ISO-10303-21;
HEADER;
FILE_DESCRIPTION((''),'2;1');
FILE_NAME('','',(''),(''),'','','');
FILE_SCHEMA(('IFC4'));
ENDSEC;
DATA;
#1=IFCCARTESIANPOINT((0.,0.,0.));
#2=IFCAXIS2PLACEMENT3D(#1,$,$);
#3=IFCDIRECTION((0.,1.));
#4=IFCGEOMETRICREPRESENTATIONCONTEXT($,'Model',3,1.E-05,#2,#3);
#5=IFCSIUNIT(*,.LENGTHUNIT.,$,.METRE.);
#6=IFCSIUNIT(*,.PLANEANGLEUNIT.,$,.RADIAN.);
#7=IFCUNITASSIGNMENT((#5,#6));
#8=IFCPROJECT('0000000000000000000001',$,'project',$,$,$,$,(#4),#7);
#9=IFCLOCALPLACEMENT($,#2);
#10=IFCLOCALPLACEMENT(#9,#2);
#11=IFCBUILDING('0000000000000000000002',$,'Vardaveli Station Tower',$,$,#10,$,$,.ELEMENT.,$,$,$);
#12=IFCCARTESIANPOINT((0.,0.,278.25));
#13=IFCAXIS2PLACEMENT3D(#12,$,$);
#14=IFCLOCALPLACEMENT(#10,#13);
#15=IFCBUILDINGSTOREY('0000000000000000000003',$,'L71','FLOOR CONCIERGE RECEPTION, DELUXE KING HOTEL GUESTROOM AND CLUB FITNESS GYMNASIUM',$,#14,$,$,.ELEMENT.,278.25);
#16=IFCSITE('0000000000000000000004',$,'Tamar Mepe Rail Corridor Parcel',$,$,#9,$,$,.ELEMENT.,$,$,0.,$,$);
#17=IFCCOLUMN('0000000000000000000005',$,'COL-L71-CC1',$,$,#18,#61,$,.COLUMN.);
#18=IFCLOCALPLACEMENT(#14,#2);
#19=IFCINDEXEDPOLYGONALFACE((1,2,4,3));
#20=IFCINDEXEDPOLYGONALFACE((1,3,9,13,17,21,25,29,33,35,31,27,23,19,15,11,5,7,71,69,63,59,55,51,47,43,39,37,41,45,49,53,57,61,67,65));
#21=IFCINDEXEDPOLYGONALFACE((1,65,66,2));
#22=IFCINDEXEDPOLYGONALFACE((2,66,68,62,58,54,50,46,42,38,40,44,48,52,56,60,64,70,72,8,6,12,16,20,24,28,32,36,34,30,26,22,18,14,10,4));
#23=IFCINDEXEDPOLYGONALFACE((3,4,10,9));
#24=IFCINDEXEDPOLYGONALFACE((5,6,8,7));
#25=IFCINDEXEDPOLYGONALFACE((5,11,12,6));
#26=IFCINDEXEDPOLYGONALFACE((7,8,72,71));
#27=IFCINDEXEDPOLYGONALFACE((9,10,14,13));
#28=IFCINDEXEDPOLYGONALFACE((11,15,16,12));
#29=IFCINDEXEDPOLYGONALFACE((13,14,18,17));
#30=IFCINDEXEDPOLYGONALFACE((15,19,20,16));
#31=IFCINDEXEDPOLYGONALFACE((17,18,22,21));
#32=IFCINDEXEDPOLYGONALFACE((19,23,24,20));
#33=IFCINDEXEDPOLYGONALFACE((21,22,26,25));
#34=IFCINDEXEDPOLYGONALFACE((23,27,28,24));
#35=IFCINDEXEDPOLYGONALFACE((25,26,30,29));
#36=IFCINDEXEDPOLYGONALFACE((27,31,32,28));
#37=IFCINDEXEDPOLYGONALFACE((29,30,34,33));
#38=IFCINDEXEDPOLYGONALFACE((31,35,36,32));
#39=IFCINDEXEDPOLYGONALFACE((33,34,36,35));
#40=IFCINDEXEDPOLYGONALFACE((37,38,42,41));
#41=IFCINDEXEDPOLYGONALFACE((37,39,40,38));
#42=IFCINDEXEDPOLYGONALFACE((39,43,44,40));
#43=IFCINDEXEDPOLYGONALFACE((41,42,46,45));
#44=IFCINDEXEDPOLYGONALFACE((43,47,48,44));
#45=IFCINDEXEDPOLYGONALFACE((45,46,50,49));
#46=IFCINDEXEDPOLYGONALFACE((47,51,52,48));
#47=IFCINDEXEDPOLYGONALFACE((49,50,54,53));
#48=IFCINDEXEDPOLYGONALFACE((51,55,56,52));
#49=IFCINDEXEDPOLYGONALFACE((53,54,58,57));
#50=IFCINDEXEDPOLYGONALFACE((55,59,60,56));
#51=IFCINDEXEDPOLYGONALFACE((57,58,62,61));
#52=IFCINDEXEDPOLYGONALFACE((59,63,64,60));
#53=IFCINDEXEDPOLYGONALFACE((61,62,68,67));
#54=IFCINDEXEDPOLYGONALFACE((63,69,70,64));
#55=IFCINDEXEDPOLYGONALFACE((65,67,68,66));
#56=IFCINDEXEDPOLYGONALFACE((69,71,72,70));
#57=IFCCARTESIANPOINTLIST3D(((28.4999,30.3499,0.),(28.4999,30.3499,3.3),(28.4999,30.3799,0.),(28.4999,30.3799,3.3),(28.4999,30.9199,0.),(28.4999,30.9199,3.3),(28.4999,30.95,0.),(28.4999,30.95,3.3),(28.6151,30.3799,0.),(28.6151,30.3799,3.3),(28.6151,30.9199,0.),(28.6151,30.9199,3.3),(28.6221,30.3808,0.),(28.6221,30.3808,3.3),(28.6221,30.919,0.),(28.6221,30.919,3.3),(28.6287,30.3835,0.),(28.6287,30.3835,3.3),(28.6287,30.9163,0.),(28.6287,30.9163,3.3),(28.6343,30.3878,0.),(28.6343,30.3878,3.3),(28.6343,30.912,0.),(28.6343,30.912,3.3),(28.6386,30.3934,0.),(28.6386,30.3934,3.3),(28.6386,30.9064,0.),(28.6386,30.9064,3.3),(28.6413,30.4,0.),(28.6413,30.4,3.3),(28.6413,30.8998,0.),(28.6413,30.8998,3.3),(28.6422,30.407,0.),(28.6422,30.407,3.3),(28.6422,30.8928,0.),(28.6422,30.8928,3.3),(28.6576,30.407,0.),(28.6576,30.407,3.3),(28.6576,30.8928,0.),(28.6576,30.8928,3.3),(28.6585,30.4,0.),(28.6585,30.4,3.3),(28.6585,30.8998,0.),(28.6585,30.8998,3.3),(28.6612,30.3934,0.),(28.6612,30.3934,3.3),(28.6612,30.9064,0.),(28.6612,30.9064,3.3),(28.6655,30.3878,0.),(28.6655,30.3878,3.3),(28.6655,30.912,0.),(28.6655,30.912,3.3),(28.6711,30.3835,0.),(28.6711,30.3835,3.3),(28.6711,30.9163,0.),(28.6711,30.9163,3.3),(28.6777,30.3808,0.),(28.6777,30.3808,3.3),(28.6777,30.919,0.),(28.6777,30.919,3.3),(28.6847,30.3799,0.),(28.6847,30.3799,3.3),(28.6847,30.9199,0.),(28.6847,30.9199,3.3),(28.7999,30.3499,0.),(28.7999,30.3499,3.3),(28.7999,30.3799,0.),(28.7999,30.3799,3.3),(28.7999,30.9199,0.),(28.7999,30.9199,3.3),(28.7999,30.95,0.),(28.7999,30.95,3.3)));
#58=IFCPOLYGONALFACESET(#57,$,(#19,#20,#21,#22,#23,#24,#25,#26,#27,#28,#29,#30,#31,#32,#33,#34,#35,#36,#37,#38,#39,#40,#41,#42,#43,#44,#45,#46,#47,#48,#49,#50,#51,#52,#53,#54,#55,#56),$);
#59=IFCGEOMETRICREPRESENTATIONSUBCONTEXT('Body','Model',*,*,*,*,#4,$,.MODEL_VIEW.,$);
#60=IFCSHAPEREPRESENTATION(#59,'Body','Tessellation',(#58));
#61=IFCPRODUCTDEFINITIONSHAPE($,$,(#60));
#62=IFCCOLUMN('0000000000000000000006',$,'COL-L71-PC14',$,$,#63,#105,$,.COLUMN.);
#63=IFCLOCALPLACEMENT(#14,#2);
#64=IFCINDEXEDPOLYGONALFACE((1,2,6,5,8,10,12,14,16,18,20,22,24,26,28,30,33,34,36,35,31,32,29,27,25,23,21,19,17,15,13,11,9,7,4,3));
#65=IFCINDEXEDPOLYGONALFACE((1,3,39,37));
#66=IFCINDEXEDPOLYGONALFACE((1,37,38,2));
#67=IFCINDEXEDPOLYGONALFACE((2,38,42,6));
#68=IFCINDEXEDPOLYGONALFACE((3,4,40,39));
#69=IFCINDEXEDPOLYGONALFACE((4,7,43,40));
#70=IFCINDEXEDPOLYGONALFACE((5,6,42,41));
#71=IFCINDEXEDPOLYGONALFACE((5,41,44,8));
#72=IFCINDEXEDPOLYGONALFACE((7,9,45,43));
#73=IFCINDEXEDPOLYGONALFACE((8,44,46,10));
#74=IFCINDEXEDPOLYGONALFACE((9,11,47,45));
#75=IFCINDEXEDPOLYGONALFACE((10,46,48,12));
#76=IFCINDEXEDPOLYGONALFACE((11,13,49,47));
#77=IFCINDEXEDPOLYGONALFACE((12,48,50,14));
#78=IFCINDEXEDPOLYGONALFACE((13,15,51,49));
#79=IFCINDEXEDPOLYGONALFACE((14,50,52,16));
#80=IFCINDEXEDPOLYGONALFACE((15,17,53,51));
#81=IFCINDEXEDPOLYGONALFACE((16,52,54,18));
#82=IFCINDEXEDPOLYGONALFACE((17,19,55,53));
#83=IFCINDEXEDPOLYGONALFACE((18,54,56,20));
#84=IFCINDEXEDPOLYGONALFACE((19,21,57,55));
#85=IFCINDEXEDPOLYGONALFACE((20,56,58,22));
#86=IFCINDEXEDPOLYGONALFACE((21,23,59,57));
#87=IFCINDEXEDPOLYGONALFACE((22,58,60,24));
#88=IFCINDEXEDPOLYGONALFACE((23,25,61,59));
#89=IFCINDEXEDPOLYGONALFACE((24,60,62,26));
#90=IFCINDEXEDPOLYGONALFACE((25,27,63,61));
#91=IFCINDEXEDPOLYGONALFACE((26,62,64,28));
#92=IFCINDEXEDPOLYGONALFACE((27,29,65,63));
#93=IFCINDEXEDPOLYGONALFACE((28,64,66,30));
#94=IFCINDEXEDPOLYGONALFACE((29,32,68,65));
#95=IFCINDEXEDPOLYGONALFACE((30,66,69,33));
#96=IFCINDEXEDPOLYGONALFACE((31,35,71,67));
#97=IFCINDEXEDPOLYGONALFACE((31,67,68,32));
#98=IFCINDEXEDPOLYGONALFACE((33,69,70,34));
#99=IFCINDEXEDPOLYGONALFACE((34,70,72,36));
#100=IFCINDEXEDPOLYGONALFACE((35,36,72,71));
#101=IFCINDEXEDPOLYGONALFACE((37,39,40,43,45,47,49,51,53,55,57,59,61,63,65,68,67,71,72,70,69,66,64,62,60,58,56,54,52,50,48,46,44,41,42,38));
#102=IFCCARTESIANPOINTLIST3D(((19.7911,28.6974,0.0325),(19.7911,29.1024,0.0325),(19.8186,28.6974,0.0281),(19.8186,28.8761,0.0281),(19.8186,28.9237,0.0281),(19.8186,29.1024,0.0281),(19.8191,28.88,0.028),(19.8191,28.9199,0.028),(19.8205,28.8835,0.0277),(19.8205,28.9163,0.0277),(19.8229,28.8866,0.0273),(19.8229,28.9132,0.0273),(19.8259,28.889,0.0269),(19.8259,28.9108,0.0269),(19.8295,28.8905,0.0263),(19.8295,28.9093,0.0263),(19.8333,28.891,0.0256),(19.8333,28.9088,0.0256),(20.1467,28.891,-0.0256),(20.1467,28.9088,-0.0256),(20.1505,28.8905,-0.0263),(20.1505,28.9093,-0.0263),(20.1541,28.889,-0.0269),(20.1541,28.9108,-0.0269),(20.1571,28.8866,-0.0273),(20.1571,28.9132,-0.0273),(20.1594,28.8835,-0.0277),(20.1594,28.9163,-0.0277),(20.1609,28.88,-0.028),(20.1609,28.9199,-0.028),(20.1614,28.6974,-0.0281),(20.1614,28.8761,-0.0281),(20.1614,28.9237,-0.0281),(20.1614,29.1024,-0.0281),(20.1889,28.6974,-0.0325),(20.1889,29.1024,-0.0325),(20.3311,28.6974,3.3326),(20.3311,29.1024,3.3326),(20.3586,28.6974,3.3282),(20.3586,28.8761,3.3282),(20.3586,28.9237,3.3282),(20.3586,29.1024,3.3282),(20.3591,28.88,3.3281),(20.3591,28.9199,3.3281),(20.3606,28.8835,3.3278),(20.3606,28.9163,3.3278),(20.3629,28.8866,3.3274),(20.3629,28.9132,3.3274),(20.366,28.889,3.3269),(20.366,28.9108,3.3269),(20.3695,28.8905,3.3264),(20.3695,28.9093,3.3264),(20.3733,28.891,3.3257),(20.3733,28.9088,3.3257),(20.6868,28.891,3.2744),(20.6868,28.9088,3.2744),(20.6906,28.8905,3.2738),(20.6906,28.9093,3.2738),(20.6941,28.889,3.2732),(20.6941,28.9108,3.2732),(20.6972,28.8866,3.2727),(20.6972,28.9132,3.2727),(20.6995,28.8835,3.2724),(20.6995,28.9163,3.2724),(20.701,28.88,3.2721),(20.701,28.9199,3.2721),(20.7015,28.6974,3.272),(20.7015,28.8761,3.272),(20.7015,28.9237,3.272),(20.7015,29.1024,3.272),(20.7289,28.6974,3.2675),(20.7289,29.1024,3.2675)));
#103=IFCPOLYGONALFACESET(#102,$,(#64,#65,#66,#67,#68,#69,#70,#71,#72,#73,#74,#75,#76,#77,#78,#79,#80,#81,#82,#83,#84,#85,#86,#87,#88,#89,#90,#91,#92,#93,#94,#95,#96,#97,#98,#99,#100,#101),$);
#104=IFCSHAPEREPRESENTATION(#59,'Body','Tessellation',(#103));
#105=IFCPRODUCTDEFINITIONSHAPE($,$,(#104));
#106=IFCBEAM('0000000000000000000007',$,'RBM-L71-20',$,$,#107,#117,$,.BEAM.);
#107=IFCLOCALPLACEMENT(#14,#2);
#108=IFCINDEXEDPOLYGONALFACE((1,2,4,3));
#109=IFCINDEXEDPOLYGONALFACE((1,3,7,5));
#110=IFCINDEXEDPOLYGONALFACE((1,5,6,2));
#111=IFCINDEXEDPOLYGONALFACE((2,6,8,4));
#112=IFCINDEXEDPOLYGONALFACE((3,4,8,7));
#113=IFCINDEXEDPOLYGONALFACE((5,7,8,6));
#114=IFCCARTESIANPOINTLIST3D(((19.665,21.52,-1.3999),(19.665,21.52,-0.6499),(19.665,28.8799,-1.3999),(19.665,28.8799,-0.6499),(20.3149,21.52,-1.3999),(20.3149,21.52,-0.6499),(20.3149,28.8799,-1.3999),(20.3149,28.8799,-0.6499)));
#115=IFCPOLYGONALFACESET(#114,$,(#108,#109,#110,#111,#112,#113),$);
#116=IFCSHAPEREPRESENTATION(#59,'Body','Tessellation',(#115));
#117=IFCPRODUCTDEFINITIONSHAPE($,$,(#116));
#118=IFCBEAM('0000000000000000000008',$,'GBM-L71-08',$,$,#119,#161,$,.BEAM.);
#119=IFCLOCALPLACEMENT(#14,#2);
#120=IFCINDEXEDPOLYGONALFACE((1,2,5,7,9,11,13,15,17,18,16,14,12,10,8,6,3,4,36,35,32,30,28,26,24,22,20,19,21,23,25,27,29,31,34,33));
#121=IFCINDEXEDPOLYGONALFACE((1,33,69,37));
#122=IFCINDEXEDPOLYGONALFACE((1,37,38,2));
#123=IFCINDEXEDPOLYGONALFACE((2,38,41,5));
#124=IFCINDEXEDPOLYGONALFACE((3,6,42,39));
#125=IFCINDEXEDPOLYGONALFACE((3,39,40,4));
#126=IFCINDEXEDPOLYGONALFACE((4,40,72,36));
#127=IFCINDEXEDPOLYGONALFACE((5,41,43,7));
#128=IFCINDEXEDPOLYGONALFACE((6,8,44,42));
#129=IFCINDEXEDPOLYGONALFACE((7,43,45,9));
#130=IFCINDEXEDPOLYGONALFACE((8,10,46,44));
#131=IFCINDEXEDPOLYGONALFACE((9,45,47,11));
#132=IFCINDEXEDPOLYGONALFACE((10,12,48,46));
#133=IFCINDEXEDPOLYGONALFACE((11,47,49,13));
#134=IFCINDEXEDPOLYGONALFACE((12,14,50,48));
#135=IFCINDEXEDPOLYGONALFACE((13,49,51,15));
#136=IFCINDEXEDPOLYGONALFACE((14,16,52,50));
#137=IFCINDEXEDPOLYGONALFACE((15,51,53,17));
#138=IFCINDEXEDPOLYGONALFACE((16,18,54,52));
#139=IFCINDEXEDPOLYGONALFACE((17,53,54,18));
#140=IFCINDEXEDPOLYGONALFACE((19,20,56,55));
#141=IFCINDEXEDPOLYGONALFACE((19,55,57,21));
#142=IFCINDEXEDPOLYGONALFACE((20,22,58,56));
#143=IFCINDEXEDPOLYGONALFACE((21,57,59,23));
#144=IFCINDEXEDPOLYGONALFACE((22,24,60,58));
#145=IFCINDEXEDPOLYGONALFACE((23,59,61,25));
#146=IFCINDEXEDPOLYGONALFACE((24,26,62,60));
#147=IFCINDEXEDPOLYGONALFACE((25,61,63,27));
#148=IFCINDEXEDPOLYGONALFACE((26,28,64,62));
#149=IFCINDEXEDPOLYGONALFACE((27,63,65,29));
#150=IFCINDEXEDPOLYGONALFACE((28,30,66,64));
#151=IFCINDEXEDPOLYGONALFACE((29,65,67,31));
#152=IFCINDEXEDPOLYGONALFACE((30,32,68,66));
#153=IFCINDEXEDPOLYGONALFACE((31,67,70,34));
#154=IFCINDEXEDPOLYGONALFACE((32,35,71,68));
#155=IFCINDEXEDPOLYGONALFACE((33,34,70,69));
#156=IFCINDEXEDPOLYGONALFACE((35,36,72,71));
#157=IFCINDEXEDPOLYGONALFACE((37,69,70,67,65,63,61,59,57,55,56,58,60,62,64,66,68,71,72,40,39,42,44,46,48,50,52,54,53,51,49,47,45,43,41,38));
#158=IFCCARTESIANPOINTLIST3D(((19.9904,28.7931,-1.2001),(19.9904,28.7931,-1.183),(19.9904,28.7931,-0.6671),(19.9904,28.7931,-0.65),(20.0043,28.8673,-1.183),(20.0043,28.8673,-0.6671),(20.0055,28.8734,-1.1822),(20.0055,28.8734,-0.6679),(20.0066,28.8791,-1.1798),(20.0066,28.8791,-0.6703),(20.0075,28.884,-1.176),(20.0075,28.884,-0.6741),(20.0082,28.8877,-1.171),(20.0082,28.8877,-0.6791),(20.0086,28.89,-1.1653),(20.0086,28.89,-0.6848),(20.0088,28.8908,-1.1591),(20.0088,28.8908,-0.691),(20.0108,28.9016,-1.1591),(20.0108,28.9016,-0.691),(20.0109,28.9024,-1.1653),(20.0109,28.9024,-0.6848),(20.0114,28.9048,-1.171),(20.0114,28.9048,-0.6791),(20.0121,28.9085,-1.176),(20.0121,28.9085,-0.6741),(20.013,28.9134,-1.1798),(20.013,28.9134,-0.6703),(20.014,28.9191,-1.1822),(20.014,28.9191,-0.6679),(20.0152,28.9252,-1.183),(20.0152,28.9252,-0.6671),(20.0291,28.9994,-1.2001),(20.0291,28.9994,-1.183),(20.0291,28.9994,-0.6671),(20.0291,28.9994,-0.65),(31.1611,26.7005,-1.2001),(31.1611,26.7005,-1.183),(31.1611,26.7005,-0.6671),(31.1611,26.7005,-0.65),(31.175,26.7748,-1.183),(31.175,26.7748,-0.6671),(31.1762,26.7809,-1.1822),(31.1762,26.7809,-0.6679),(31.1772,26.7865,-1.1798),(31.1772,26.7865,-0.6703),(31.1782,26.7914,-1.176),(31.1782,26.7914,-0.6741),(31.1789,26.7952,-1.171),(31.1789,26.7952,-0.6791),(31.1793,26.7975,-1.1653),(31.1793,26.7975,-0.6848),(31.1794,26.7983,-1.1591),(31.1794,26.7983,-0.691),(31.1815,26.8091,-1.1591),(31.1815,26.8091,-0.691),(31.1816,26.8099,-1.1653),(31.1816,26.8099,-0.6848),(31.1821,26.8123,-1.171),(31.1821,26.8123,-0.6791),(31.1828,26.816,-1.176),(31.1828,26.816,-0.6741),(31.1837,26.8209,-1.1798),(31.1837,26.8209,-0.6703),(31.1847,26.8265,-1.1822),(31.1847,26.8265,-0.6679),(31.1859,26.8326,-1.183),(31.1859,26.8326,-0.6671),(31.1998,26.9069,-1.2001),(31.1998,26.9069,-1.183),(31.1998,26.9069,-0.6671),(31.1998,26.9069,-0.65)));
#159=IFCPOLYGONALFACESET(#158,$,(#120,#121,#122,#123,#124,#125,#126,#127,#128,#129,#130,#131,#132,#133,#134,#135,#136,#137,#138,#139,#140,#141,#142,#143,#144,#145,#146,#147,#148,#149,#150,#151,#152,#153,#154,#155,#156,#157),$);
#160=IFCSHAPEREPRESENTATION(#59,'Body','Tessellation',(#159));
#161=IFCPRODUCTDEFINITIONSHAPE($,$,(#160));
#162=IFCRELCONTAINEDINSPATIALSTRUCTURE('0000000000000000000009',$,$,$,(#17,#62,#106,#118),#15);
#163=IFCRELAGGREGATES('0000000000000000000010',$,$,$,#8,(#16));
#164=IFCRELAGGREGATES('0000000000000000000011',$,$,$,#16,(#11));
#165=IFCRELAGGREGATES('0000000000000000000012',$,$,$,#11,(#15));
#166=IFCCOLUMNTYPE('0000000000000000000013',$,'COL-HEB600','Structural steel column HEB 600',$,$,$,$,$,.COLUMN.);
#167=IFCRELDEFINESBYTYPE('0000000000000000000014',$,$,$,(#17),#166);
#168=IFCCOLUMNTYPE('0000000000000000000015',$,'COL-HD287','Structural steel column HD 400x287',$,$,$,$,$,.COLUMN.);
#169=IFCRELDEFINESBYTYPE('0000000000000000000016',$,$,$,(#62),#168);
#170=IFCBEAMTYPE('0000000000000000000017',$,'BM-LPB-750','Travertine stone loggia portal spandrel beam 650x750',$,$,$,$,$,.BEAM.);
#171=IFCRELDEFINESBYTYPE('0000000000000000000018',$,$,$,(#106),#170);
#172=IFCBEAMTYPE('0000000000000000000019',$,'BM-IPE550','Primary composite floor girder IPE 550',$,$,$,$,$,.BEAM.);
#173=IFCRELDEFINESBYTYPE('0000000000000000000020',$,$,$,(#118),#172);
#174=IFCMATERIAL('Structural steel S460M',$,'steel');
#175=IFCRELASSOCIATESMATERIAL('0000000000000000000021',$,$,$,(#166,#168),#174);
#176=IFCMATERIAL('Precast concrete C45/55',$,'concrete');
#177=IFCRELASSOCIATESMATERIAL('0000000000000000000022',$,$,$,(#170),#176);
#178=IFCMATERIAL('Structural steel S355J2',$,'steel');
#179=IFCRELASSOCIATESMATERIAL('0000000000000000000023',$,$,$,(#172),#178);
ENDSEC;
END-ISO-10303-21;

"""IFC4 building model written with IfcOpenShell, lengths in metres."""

from ifc_helpers import new_model, si_unit, direction, frame, origin, origin_2d, place, context, subcontext, project, spatial, rectangle, i_section, extrude, source, transform, mapped, material, material_profile, profile_set, type_object, element, save


model = new_model("IFC4")

# Units and contexts
model_context = context("Model", 3, precision=1e-05, world=origin(), true_north=direction((0.0, 1.0)))
body_context = subcontext(model_context, "Body", "Model", "MODEL_VIEW")
ifc_project = project(units=[si_unit("LENGTHUNIT", "METRE"), si_unit("PLANEANGLEUNIT", "RADIAN")], contexts=[model_context])

# Site, building, storey
site_placement = place(None, origin())
site = spatial("IfcSite", under=ifc_project, at=site_placement, Name="Tamar Mepe Rail Corridor Parcel", CompositionType="ELEMENT", RefElevation=0.0)
building_placement = place(site_placement, origin())
building = spatial("IfcBuilding", under=site, at=building_placement, Name="Vardaveli Station Tower", CompositionType="ELEMENT")
storey_placement = place(building_placement, frame((0.0, 0.0, 278.25)))
storey = spatial("IfcBuildingStorey", under=building, at=storey_placement, Name="L71", Description="FLOOR CONCIERGE RECEPTION, DELUXE KING HOTEL GUESTROOM AND CLUB FITNESS GYMNASIUM", CompositionType="ELEMENT", Elevation=278.25)

# Columns
ifc_material_1 = material(Name="Structural steel S460M", Category="steel")
ifc_material_profile_1 = material_profile(ifc_material_1, i_section(OverallWidth=0.3, OverallDepth=0.6001, WebThickness=0.0154, FlangeThickness=0.03, FilletRadius=0.0271, at=origin_2d()), Name="HEB 600")
ifc_profile_set_1 = profile_set([ifc_material_profile_1], Name="Structural steel S460M")
column_type_1 = type_object("IfcColumnType", Name="COL-HEB600", Description="Structural steel column HEB 600", PredefinedType="COLUMN", material=ifc_profile_set_1)
shared_shape_1 = source(origin(), body_context, "Body", "SweptSolid", [
    extrude(i_section(OverallWidth=0.3, OverallDepth=0.6001, WebThickness=0.0154, FlangeThickness=0.03, FilletRadius=0.0271, at=origin_2d()), origin(), (0.0, 0.0, 1.0), 3.3),
])
column_1_placement = place(storey_placement, frame((28.6499, 30.6499, 0.0), z_axis=(0.0, 0.0, 1.0), x_axis=(1.0, 0.0, 0.0)))
element("IfcColumn", 1, at=column_1_placement, inside=storey, type_object=column_type_1, Name="COL-L71-CC1", PredefinedType="COLUMN", context=body_context, shape_type="MappedRepresentation", body=[
    mapped(shared_shape_1, transform((0.0, 0.0, 0.0), scale=1.0)),
])
ifc_material_profile_2 = material_profile(ifc_material_1, i_section(OverallWidth=0.405, OverallDepth=0.4031, WebThickness=0.0178, FlangeThickness=0.0278, FilletRadius=0.0149, at=origin_2d()), Name="HD 400x287")
ifc_profile_set_2 = profile_set([ifc_material_profile_2], Name="Structural steel S460M")
column_type_2 = type_object("IfcColumnType", Name="COL-HD287", Description="Structural steel column HD 400x287", PredefinedType="COLUMN", material=ifc_profile_set_2)
shared_shape_2 = source(origin(), body_context, "Body", "SweptSolid", [
    extrude(i_section(OverallWidth=0.405, OverallDepth=0.4031, WebThickness=0.0178, FlangeThickness=0.0278, FilletRadius=0.0149, at=origin_2d()), origin(), (0.0, 0.0, 1.0), 3.344),
])
column_2_placement = place(storey_placement, frame((19.99, 28.8999, 0.0), z_axis=(0.161498, 0.0, 0.986873), x_axis=(0.0, 1.0, 0.0)))
element("IfcColumn", 2, at=column_2_placement, inside=storey, type_object=column_type_2, Name="COL-L71-PC14", PredefinedType="COLUMN", context=body_context, shape_type="MappedRepresentation", body=[
    mapped(shared_shape_2, transform((0.0, 0.0, 0.0), scale=1.0)),
])

# Beams
ifc_material_2 = material(Name="Precast concrete C45/55", Category="concrete")
ifc_material_profile_3 = material_profile(ifc_material_2, rectangle(XDim=0.6499, YDim=0.75, at=origin_2d()), Name="LPB 650x750")
ifc_profile_set_3 = profile_set([ifc_material_profile_3], Name="Precast concrete C45/55")
beam_type_1 = type_object("IfcBeamType", Name="BM-LPB-750", Description="Travertine stone loggia portal spandrel beam 650x750", PredefinedType="BEAM", material=ifc_profile_set_3)
shared_shape_3 = source(origin(), body_context, "Body", "SweptSolid", [
    extrude(rectangle(XDim=0.6499, YDim=0.75, at=origin_2d()), origin(), (0.0, 0.0, 1.0), 7.3599),
])
beam_1_placement = place(storey_placement, frame((19.99, 28.8799, -1.0249), z_axis=(0.0, -1.0, 0.0), x_axis=(1.0, 0.0, 0.0)))
element("IfcBeam", 3, at=beam_1_placement, inside=storey, type_object=beam_type_1, Name="RBM-L71-20", PredefinedType="BEAM", context=body_context, shape_type="MappedRepresentation", body=[
    mapped(shared_shape_3, transform((0.0, 0.0, 0.0), scale=1.0)),
])
ifc_material_3 = material(Name="Structural steel S355J2", Category="steel")
ifc_material_profile_4 = material_profile(ifc_material_3, i_section(OverallWidth=0.21, OverallDepth=0.55, WebThickness=0.011, FlangeThickness=0.0171, FilletRadius=0.0239, at=origin_2d()), Name="IPE 550")
ifc_profile_set_4 = profile_set([ifc_material_profile_4], Name="Structural steel S355J2")
beam_type_2 = type_object("IfcBeamType", Name="BM-IPE550", Description="Primary composite floor girder IPE 550", PredefinedType="BEAM", material=ifc_profile_set_4)
shared_shape_4 = source(origin(), body_context, "Body", "SweptSolid", [
    extrude(i_section(OverallWidth=0.21, OverallDepth=0.55, WebThickness=0.011, FlangeThickness=0.0171, FilletRadius=0.0239, at=origin_2d()), origin(), (0.0, 0.0, 1.0), 11.365),
])
beam_2_placement = place(storey_placement, frame((20.0098, 28.8962, -0.925), z_axis=(0.982904, -0.184121, 0.0), x_axis=(0.184121, 0.982904, 0.0)))
element("IfcBeam", 4, at=beam_2_placement, inside=storey, type_object=beam_type_2, Name="GBM-L71-08", PredefinedType="BEAM", context=body_context, shape_type="MappedRepresentation", body=[
    mapped(shared_shape_4, transform((0.0, 0.0, 0.0), scale=1.0)),
])

save(model, "model.ifc")
